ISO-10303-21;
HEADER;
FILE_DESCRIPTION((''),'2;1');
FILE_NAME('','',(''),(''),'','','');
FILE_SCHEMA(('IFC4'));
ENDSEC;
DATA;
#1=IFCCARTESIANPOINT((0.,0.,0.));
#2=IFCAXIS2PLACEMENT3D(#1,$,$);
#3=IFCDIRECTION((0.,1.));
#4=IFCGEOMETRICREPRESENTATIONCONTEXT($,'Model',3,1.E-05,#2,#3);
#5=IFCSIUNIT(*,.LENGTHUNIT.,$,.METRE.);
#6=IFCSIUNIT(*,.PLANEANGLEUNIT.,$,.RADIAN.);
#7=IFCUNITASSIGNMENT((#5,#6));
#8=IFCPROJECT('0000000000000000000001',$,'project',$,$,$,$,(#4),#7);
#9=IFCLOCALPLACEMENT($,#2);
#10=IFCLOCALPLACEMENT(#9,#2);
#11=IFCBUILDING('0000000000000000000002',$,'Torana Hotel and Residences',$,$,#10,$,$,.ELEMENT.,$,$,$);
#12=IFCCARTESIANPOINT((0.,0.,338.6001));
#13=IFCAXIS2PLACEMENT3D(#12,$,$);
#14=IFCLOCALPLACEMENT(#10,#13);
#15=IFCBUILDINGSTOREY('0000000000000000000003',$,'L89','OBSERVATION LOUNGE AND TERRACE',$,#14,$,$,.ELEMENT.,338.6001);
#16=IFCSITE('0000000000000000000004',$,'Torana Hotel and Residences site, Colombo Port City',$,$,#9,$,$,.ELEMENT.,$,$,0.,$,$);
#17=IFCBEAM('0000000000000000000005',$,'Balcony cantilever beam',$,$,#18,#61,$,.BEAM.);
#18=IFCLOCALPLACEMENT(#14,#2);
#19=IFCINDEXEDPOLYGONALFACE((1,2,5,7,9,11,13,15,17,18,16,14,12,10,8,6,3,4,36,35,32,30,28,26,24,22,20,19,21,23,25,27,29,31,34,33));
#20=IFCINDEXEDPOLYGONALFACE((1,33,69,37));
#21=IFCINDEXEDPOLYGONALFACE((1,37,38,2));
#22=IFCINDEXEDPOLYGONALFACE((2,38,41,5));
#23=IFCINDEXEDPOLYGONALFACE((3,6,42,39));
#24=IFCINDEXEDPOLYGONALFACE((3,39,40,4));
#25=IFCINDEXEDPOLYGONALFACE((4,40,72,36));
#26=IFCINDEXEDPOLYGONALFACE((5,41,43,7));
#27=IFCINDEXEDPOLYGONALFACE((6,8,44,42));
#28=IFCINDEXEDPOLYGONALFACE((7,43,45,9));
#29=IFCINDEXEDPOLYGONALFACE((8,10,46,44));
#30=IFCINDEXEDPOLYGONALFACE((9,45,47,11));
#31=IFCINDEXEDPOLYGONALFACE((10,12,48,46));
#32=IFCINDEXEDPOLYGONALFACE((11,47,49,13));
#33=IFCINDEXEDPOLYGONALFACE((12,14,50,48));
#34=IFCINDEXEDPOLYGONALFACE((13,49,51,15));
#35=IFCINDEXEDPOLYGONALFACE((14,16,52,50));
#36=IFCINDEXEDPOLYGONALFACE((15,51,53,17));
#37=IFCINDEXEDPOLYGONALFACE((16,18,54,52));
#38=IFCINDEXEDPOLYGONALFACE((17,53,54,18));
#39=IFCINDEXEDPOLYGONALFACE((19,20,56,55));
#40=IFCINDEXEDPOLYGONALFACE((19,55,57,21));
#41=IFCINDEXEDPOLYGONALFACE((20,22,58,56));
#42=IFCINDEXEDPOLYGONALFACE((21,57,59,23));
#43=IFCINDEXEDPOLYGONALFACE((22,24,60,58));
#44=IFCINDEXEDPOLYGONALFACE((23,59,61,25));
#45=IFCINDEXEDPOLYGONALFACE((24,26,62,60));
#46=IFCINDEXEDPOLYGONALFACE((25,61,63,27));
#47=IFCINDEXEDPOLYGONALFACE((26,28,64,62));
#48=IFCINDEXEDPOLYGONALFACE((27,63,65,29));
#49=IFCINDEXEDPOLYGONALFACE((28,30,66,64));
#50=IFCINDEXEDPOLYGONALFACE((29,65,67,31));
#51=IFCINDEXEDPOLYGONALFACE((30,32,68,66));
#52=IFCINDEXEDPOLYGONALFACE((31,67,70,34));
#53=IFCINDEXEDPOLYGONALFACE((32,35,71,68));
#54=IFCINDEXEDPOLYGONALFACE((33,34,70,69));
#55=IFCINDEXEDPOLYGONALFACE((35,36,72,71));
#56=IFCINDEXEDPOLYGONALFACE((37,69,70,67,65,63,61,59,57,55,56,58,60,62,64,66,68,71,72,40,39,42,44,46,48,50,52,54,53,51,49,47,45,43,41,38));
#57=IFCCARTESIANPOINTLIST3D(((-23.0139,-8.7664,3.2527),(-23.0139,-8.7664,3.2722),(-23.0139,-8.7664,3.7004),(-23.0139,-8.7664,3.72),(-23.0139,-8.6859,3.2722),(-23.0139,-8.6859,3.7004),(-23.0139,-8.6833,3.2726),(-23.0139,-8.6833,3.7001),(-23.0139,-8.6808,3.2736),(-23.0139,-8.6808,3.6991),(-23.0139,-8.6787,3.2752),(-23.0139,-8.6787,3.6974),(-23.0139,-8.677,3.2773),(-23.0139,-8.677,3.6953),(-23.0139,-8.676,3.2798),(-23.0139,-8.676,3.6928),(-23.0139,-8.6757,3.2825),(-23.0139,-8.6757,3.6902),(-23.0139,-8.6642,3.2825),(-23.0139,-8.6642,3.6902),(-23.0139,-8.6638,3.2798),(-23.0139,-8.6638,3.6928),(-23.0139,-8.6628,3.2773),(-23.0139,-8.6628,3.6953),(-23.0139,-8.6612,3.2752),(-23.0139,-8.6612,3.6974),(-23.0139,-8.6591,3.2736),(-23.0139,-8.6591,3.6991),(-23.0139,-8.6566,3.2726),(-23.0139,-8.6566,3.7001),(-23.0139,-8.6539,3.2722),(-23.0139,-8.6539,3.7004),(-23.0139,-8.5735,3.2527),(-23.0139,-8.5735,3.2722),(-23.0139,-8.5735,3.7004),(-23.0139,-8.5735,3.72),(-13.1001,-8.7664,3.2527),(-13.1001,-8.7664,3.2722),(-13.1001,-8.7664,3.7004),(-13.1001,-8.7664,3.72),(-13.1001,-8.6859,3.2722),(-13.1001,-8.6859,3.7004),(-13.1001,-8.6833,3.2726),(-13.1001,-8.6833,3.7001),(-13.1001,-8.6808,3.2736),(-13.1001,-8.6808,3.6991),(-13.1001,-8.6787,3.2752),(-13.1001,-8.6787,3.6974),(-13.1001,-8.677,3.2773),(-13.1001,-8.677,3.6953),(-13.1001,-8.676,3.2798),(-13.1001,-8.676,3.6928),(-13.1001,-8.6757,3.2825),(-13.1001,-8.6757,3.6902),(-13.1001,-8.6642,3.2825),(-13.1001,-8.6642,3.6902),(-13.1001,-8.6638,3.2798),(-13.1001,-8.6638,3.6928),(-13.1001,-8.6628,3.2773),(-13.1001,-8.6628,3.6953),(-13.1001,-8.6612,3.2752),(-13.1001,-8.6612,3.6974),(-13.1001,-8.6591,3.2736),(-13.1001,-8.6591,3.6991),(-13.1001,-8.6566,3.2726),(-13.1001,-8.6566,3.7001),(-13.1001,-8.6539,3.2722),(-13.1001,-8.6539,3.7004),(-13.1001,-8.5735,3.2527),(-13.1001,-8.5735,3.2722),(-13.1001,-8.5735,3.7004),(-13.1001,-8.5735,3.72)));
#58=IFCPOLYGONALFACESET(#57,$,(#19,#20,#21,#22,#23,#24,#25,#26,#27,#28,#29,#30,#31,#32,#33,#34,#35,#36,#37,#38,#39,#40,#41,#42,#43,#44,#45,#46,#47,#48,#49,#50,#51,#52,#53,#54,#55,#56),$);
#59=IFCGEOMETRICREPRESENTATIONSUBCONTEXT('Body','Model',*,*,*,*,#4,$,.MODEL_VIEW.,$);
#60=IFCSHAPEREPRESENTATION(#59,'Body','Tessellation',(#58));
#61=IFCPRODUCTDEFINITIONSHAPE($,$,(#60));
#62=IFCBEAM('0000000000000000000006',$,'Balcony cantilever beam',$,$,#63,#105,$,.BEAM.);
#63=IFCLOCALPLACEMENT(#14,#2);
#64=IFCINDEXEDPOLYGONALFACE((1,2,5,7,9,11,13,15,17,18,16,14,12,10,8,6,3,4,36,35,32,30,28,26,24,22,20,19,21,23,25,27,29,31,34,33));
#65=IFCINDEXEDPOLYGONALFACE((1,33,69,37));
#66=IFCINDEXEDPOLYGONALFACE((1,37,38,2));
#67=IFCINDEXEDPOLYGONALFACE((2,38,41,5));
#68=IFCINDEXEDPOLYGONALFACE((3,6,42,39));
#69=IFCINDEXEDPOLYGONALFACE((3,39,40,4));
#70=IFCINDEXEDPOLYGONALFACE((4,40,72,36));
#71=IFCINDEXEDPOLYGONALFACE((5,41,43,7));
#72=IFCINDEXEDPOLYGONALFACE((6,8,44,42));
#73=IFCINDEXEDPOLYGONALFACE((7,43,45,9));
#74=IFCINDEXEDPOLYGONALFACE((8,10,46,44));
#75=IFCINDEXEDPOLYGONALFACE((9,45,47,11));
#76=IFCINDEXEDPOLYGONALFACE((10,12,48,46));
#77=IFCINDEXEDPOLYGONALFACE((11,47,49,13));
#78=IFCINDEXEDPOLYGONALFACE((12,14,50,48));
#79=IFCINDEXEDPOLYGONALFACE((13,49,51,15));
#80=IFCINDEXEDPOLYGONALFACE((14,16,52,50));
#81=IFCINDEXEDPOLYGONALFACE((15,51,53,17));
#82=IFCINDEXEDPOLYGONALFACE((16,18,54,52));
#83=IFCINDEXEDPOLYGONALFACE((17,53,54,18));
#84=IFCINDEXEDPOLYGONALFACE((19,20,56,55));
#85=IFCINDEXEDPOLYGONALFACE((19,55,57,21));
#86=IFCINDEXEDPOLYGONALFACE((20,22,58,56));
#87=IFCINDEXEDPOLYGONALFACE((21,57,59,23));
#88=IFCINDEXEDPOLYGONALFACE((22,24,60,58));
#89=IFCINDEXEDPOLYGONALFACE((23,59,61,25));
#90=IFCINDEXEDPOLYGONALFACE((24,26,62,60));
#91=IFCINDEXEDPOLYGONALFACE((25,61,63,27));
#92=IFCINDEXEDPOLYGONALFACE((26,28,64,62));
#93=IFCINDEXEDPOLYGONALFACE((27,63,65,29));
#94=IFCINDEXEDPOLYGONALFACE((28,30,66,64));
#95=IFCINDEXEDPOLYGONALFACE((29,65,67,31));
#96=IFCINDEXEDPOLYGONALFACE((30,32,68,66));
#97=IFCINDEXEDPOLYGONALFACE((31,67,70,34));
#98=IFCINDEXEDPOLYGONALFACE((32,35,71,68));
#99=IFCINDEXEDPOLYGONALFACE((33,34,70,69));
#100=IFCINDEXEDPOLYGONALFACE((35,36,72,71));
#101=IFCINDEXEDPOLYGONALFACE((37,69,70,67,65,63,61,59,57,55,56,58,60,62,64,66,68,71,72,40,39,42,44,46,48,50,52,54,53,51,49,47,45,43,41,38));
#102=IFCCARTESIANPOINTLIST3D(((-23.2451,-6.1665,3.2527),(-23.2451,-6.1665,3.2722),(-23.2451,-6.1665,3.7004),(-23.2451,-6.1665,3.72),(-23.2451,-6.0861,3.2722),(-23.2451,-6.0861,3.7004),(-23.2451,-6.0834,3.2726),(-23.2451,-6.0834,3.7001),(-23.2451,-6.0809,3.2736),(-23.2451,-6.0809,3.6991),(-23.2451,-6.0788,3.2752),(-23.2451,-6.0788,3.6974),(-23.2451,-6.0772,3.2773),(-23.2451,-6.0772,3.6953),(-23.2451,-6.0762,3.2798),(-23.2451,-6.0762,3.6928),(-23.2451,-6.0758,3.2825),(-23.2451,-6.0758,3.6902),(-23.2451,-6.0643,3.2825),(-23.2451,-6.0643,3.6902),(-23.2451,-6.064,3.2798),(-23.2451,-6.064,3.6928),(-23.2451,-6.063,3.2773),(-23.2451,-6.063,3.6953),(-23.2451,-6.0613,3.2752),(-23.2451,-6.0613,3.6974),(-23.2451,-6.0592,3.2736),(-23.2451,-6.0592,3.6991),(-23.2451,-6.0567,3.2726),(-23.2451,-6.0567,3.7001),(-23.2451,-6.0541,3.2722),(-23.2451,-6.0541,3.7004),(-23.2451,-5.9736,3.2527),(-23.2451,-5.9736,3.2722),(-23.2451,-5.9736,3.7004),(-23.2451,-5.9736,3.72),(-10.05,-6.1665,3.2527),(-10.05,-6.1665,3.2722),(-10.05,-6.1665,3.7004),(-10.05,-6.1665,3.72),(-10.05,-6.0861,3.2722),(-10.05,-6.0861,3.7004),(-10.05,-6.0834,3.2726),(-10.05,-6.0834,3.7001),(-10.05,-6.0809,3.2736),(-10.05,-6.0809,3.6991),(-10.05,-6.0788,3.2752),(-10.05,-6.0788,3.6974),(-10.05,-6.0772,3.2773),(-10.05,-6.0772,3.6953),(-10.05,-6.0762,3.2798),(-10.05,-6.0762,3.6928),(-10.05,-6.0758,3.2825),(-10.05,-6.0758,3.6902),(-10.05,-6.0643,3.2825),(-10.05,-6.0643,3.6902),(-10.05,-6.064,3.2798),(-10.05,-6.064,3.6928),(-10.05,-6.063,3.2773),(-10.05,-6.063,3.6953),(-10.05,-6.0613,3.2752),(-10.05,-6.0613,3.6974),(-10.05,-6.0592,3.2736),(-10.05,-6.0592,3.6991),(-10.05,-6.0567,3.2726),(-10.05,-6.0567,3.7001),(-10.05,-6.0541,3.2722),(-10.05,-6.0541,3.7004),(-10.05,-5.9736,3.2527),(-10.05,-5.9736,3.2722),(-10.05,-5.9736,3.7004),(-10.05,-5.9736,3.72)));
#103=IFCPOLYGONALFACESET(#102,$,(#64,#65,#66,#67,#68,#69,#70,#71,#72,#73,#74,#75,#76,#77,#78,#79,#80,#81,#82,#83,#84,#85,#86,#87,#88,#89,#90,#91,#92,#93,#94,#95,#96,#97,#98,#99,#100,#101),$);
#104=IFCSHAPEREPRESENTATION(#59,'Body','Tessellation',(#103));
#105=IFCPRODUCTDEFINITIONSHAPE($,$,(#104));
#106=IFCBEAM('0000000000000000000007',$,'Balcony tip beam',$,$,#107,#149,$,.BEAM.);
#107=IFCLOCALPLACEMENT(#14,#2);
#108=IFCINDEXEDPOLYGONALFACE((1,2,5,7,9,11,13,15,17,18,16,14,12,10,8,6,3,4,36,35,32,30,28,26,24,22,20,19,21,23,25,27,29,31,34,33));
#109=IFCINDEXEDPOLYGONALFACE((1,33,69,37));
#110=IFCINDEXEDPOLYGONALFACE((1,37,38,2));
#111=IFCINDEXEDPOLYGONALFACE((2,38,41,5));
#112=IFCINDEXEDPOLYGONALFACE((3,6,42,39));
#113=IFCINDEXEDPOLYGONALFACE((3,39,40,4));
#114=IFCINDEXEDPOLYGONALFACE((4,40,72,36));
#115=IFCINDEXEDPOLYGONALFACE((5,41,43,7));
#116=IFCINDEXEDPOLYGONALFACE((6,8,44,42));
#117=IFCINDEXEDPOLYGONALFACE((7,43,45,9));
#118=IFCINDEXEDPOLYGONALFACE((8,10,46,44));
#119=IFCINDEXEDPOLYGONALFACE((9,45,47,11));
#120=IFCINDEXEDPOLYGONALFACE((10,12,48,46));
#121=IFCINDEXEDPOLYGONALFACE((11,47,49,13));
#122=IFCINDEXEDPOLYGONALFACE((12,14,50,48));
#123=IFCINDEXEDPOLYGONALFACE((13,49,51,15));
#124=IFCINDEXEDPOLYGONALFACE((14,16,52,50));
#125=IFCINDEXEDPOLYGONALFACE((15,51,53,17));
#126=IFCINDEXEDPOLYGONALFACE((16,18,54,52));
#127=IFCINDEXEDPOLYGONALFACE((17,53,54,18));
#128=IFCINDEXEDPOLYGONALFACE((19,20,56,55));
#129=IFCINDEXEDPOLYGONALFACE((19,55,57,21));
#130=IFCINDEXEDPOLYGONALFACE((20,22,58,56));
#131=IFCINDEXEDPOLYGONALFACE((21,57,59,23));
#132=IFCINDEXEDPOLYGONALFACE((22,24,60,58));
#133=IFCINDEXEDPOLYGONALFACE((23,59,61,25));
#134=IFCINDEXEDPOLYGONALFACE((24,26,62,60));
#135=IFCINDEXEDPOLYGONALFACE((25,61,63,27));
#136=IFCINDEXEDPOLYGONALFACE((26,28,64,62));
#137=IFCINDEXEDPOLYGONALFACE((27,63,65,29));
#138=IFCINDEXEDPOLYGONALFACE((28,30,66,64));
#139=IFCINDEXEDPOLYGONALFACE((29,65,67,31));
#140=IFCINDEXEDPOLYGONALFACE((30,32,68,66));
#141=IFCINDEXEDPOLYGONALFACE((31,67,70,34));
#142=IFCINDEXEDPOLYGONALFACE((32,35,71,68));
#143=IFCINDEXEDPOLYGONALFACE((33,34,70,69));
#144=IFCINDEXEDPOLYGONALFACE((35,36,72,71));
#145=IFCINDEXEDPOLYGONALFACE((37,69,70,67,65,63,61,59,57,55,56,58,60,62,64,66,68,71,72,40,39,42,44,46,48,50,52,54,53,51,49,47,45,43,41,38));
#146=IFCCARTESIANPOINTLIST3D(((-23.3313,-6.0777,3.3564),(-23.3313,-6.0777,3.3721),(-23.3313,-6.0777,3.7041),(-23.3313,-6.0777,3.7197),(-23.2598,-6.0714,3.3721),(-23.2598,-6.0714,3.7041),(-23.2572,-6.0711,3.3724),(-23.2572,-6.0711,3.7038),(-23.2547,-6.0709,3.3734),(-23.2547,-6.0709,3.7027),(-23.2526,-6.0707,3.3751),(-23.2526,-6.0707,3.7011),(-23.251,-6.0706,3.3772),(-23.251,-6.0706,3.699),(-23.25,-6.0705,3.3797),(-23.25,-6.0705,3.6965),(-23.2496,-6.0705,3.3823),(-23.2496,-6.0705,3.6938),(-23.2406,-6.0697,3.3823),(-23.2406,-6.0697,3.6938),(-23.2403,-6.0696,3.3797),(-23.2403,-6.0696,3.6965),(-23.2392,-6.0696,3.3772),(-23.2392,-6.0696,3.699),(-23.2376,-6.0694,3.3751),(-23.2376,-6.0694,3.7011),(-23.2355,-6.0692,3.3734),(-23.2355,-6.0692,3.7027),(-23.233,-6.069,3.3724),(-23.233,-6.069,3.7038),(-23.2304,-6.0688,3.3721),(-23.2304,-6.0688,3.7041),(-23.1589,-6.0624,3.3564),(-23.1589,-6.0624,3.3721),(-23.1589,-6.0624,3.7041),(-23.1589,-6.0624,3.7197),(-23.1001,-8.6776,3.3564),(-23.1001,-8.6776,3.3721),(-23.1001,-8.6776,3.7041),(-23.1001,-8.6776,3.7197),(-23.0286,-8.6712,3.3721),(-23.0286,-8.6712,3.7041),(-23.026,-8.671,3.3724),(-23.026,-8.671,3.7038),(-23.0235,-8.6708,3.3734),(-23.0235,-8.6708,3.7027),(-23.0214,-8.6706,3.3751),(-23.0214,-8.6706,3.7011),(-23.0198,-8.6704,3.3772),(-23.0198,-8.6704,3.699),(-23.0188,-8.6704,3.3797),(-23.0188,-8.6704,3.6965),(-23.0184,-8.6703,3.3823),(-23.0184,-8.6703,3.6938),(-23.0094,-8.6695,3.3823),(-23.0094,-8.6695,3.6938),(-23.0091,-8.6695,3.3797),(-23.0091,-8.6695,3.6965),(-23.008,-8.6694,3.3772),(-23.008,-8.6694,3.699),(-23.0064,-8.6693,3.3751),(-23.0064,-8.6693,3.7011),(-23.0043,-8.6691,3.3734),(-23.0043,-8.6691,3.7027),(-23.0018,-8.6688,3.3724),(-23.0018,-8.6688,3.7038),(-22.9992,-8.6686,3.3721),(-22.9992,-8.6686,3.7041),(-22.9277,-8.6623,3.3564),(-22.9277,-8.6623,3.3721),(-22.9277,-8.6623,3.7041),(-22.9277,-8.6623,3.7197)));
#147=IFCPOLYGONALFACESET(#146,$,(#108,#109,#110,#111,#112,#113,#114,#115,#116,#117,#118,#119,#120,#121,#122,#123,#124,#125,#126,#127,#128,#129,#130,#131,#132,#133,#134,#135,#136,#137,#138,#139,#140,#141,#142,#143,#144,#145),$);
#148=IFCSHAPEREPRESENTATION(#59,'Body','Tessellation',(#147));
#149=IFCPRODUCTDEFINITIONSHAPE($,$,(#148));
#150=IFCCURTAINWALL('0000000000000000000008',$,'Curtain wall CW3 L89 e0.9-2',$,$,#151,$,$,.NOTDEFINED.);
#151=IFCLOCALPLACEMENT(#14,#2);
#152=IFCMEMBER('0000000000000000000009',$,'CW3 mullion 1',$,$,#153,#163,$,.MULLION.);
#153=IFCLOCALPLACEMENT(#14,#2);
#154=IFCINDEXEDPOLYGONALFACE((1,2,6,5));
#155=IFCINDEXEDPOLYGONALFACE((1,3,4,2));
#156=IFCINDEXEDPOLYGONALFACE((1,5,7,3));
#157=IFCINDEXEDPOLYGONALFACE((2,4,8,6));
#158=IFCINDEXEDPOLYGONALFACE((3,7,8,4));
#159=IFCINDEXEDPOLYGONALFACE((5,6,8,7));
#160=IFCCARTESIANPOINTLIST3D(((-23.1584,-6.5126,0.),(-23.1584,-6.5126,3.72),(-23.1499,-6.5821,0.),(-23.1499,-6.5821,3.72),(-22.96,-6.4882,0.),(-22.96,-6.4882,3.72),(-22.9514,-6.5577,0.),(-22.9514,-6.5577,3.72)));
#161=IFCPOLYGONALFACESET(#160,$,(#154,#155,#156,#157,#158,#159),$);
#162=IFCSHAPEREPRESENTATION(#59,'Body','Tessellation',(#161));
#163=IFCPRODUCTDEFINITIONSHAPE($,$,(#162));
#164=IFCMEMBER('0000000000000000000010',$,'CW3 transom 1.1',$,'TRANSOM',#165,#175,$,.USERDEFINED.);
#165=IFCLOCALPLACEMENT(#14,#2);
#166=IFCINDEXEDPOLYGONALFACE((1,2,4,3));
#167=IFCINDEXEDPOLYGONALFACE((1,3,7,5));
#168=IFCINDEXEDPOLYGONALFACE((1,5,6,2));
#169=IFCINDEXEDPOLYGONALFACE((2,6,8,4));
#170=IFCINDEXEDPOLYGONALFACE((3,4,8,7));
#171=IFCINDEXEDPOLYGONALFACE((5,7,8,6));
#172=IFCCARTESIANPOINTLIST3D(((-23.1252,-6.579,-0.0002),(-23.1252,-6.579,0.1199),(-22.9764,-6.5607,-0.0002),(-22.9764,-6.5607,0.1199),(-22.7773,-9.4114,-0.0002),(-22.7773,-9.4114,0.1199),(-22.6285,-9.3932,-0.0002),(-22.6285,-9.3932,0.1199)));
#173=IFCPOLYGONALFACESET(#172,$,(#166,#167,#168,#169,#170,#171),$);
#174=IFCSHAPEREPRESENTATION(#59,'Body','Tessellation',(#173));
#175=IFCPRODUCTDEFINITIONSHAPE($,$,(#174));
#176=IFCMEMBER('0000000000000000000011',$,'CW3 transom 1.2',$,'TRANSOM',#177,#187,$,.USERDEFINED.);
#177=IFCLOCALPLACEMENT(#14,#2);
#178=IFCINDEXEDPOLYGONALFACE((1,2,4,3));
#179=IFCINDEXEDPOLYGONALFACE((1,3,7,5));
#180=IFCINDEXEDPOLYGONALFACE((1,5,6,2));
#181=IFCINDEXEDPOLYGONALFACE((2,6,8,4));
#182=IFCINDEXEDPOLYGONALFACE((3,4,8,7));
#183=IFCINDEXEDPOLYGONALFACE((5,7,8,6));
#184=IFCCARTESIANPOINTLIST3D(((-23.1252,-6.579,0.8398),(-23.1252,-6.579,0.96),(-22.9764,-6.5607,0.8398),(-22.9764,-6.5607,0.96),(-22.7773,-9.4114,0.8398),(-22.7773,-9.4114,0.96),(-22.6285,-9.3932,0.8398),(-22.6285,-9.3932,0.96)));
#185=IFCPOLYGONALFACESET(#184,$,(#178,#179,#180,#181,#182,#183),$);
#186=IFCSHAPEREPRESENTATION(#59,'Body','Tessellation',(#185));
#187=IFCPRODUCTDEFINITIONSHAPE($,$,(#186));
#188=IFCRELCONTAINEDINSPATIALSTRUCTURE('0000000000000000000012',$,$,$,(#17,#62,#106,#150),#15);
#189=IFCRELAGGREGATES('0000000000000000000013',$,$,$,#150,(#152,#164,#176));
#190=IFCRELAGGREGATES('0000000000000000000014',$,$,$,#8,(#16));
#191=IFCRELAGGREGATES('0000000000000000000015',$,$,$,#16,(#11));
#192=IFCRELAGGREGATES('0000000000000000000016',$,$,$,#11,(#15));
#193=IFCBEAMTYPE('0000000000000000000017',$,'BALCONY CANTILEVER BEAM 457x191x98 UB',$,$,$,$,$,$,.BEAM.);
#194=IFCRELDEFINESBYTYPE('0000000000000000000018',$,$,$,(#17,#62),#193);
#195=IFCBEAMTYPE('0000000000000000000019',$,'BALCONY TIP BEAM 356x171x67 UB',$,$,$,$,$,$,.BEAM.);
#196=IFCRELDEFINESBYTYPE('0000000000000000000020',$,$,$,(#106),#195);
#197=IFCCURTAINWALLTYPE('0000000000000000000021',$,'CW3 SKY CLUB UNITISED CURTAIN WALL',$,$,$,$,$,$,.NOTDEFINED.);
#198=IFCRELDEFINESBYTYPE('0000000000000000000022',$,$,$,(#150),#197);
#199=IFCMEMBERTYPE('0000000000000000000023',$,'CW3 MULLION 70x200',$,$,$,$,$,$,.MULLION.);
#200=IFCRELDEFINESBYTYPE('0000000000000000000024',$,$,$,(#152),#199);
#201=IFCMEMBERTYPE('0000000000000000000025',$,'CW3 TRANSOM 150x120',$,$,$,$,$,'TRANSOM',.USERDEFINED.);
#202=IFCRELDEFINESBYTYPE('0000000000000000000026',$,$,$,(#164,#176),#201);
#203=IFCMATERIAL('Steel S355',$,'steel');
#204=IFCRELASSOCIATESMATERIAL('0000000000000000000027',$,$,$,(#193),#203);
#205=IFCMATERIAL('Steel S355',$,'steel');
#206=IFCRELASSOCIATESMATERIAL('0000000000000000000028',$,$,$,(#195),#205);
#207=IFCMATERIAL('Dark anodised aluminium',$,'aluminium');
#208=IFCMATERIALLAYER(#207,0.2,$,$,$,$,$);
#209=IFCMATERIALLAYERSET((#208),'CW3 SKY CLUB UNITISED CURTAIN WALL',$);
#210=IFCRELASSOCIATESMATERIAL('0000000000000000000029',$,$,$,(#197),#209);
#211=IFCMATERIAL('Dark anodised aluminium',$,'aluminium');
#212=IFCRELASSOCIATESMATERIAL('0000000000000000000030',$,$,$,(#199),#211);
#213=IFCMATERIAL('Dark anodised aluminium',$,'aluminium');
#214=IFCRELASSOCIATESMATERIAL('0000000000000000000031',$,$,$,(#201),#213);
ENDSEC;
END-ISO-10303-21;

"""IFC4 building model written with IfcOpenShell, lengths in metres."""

from ifc_helpers import new_model, si_unit, direction, frame, origin, origin_2d, place, context, subcontext, project, spatial, rectangle, i_section, extrude, material, layer, layer_set, material_profile, profile_set, type_object, element, aggregate, save


model = new_model("IFC4")

# Units and contexts
model_context = context("Model", 3, precision=1e-05, world=origin(), true_north=direction((0.0, 1.0)))
body_context = subcontext(model_context, "Body", "Model", "MODEL_VIEW")
ifc_project = project(units=[si_unit("LENGTHUNIT", "METRE"), si_unit("PLANEANGLEUNIT", "RADIAN")], contexts=[model_context])

# Site, building, storey
site_placement = place(None, origin())
site = spatial("IfcSite", under=ifc_project, at=site_placement, Name="Torana Hotel and Residences site, Colombo Port City", CompositionType="ELEMENT", RefElevation=0.0)
building_placement = place(site_placement, origin())
building = spatial("IfcBuilding", under=site, at=building_placement, Name="Torana Hotel and Residences", CompositionType="ELEMENT")
storey_placement = place(building_placement, frame((0.0, 0.0, 338.6001)))
storey = spatial("IfcBuildingStorey", under=building, at=storey_placement, Name="L89", Description="OBSERVATION LOUNGE AND TERRACE", CompositionType="ELEMENT", Elevation=338.6001)

# Beams
ifc_material_1 = material(Name="Steel S355", Category="steel")
ifc_material_profile_1 = material_profile(ifc_material_1, i_section(OverallWidth=0.1929, OverallDepth=0.4673, WebThickness=0.0115, FlangeThickness=0.0195, FilletRadius=0.0103, at=origin_2d()), Name="457x191x98 UB")
ifc_profile_set_1 = profile_set([ifc_material_profile_1], Name="Steel S355")
beam_type_1 = type_object("IfcBeamType", Name="BALCONY CANTILEVER BEAM 457x191x98 UB", PredefinedType="BEAM", material=ifc_profile_set_1)
beam_1_placement = place(storey_placement, frame((-23.0139, -8.6699, 3.4863), z_axis=(1.0, 0.0, 0.0), x_axis=(0.0, 1.0, 0.0)))
element("IfcBeam", 1, at=beam_1_placement, inside=storey, type_object=beam_type_1, Name="Balcony cantilever beam", PredefinedType="BEAM", context=body_context, shape_type="SweptSolid", body=[
    extrude(i_section(OverallWidth=0.1929, OverallDepth=0.4673, WebThickness=0.0115, FlangeThickness=0.0195, FilletRadius=0.0103, at=origin_2d()), origin(), (0.0, 0.0, 1.0), 9.9138),
])
beam_2_placement = place(storey_placement, frame((-23.2451, -6.0701, 3.4863), z_axis=(1.0, 0.0, 0.0), x_axis=(0.0, 1.0, 0.0)))
element("IfcBeam", 2, at=beam_2_placement, inside=storey, type_object=beam_type_1, Name="Balcony cantilever beam", PredefinedType="BEAM", context=body_context, shape_type="SweptSolid", body=[
    extrude(i_section(OverallWidth=0.1929, OverallDepth=0.4673, WebThickness=0.0115, FlangeThickness=0.0195, FilletRadius=0.0103, at=origin_2d()), origin(), (0.0, 0.0, 1.0), 13.1951),
])
ifc_material_2 = material(Name="Steel S355", Category="steel")
ifc_material_profile_2 = material_profile(ifc_material_2, i_section(OverallWidth=0.1731, OverallDepth=0.3633, WebThickness=0.009, FlangeThickness=0.0156, FilletRadius=0.0103, at=origin_2d()), Name="356x171x67 UB")
ifc_profile_set_2 = profile_set([ifc_material_profile_2], Name="Steel S355")
beam_type_2 = type_object("IfcBeamType", Name="BALCONY TIP BEAM 356x171x67 UB", PredefinedType="BEAM", material=ifc_profile_set_2)
beam_3_placement = place(storey_placement, frame((-23.0139, -8.6699, 3.5381), z_axis=(-0.088579, 0.996069, 0.0), x_axis=(-0.996069, -0.088579, 0.0)))
element("IfcBeam", 3, at=beam_3_placement, inside=storey, type_object=beam_type_2, Name="Balcony tip beam", PredefinedType="BEAM", context=body_context, shape_type="SweptSolid", body=[
    extrude(i_section(OverallWidth=0.1731, OverallDepth=0.3633, WebThickness=0.009, FlangeThickness=0.0156, FilletRadius=0.0103, at=origin_2d()), origin(), (0.0, 0.0, 1.0), 2.6101),
])

# Curtain wall, members
ifc_material_3 = material(Name="Dark anodised aluminium", Category="aluminium")
ifc_layer_1 = layer(ifc_material_3, 0.2)
ifc_layer_set_1 = layer_set([ifc_layer_1], Name="CW3 SKY CLUB UNITISED CURTAIN WALL")
curtain_wall_type = type_object("IfcCurtainWallType", Name="CW3 SKY CLUB UNITISED CURTAIN WALL", PredefinedType="NOTDEFINED", material=ifc_layer_set_1)
curtain_wall_placement = place(storey_placement, origin())
curtain_wall = element("IfcCurtainWall", 4, at=curtain_wall_placement, inside=storey, type_object=curtain_wall_type, Name="Curtain wall CW3 L89 e0.9-2", PredefinedType="NOTDEFINED")
ifc_material_4 = material(Name="Dark anodised aluminium", Category="aluminium")
ifc_material_profile_3 = material_profile(ifc_material_4, rectangle(XDim=0.2, YDim=0.0701, at=origin_2d()), Name="CW3 MULLION 70x200")
ifc_profile_set_3 = profile_set([ifc_material_profile_3], Name="Dark anodised aluminium")
member_type_1 = type_object("IfcMemberType", Name="CW3 MULLION 70x200", PredefinedType="MULLION", material=ifc_profile_set_3)
member_1_placement = place(storey_placement, frame((-23.0549, -6.5352, 0.0), z_axis=(0.0, 0.0, 1.0), x_axis=(0.992545, 0.121876, 0.0)))
member_1 = element("IfcMember", 5, at=member_1_placement, type_object=member_type_1, Name="CW3 mullion 1", PredefinedType="MULLION", context=body_context, shape_type="SweptSolid", body=[
    extrude(rectangle(XDim=0.2, YDim=0.0701, at=origin_2d()), origin(), (0.0, 0.0, 1.0), 3.72),
])
ifc_material_5 = material(Name="Dark anodised aluminium", Category="aluminium")
ifc_material_profile_4 = material_profile(ifc_material_5, rectangle(XDim=0.1499, YDim=0.1201, at=origin_2d()), Name="CW3 TRANSOM 150x120")
ifc_profile_set_4 = profile_set([ifc_material_profile_4], Name="Dark anodised aluminium")
member_type_2 = type_object("IfcMemberType", Name="CW3 TRANSOM 150x120", ElementType="TRANSOM", PredefinedType="USERDEFINED", material=ifc_profile_set_4)
member_2_placement = place(storey_placement, frame((-23.0508, -6.5698, 0.0598), z_axis=(0.121908, -0.992541, 0.0), x_axis=(0.992541, 0.121908, 0.0)))
member_2 = element("IfcMember", 6, at=member_2_placement, type_object=member_type_2, Name="CW3 transom 1.1", ObjectType="TRANSOM", PredefinedType="USERDEFINED", context=body_context, shape_type="SweptSolid", body=[
    extrude(rectangle(XDim=0.1499, YDim=0.1201, at=origin_2d()), origin(), (0.0, 0.0, 1.0), 2.8538),
])
member_3_placement = place(storey_placement, frame((-23.0508, -6.5698, 0.8999), z_axis=(0.121908, -0.992541, 0.0), x_axis=(0.992541, 0.121908, 0.0)))
member_3 = element("IfcMember", 7, at=member_3_placement, type_object=member_type_2, Name="CW3 transom 1.2", ObjectType="TRANSOM", PredefinedType="USERDEFINED", context=body_context, shape_type="SweptSolid", body=[
    extrude(rectangle(XDim=0.1499, YDim=0.1201, at=origin_2d()), origin(), (0.0, 0.0, 1.0), 2.8538),
])
aggregate(curtain_wall, [member_1, member_2, member_3])

save(model, "model.ifc")
